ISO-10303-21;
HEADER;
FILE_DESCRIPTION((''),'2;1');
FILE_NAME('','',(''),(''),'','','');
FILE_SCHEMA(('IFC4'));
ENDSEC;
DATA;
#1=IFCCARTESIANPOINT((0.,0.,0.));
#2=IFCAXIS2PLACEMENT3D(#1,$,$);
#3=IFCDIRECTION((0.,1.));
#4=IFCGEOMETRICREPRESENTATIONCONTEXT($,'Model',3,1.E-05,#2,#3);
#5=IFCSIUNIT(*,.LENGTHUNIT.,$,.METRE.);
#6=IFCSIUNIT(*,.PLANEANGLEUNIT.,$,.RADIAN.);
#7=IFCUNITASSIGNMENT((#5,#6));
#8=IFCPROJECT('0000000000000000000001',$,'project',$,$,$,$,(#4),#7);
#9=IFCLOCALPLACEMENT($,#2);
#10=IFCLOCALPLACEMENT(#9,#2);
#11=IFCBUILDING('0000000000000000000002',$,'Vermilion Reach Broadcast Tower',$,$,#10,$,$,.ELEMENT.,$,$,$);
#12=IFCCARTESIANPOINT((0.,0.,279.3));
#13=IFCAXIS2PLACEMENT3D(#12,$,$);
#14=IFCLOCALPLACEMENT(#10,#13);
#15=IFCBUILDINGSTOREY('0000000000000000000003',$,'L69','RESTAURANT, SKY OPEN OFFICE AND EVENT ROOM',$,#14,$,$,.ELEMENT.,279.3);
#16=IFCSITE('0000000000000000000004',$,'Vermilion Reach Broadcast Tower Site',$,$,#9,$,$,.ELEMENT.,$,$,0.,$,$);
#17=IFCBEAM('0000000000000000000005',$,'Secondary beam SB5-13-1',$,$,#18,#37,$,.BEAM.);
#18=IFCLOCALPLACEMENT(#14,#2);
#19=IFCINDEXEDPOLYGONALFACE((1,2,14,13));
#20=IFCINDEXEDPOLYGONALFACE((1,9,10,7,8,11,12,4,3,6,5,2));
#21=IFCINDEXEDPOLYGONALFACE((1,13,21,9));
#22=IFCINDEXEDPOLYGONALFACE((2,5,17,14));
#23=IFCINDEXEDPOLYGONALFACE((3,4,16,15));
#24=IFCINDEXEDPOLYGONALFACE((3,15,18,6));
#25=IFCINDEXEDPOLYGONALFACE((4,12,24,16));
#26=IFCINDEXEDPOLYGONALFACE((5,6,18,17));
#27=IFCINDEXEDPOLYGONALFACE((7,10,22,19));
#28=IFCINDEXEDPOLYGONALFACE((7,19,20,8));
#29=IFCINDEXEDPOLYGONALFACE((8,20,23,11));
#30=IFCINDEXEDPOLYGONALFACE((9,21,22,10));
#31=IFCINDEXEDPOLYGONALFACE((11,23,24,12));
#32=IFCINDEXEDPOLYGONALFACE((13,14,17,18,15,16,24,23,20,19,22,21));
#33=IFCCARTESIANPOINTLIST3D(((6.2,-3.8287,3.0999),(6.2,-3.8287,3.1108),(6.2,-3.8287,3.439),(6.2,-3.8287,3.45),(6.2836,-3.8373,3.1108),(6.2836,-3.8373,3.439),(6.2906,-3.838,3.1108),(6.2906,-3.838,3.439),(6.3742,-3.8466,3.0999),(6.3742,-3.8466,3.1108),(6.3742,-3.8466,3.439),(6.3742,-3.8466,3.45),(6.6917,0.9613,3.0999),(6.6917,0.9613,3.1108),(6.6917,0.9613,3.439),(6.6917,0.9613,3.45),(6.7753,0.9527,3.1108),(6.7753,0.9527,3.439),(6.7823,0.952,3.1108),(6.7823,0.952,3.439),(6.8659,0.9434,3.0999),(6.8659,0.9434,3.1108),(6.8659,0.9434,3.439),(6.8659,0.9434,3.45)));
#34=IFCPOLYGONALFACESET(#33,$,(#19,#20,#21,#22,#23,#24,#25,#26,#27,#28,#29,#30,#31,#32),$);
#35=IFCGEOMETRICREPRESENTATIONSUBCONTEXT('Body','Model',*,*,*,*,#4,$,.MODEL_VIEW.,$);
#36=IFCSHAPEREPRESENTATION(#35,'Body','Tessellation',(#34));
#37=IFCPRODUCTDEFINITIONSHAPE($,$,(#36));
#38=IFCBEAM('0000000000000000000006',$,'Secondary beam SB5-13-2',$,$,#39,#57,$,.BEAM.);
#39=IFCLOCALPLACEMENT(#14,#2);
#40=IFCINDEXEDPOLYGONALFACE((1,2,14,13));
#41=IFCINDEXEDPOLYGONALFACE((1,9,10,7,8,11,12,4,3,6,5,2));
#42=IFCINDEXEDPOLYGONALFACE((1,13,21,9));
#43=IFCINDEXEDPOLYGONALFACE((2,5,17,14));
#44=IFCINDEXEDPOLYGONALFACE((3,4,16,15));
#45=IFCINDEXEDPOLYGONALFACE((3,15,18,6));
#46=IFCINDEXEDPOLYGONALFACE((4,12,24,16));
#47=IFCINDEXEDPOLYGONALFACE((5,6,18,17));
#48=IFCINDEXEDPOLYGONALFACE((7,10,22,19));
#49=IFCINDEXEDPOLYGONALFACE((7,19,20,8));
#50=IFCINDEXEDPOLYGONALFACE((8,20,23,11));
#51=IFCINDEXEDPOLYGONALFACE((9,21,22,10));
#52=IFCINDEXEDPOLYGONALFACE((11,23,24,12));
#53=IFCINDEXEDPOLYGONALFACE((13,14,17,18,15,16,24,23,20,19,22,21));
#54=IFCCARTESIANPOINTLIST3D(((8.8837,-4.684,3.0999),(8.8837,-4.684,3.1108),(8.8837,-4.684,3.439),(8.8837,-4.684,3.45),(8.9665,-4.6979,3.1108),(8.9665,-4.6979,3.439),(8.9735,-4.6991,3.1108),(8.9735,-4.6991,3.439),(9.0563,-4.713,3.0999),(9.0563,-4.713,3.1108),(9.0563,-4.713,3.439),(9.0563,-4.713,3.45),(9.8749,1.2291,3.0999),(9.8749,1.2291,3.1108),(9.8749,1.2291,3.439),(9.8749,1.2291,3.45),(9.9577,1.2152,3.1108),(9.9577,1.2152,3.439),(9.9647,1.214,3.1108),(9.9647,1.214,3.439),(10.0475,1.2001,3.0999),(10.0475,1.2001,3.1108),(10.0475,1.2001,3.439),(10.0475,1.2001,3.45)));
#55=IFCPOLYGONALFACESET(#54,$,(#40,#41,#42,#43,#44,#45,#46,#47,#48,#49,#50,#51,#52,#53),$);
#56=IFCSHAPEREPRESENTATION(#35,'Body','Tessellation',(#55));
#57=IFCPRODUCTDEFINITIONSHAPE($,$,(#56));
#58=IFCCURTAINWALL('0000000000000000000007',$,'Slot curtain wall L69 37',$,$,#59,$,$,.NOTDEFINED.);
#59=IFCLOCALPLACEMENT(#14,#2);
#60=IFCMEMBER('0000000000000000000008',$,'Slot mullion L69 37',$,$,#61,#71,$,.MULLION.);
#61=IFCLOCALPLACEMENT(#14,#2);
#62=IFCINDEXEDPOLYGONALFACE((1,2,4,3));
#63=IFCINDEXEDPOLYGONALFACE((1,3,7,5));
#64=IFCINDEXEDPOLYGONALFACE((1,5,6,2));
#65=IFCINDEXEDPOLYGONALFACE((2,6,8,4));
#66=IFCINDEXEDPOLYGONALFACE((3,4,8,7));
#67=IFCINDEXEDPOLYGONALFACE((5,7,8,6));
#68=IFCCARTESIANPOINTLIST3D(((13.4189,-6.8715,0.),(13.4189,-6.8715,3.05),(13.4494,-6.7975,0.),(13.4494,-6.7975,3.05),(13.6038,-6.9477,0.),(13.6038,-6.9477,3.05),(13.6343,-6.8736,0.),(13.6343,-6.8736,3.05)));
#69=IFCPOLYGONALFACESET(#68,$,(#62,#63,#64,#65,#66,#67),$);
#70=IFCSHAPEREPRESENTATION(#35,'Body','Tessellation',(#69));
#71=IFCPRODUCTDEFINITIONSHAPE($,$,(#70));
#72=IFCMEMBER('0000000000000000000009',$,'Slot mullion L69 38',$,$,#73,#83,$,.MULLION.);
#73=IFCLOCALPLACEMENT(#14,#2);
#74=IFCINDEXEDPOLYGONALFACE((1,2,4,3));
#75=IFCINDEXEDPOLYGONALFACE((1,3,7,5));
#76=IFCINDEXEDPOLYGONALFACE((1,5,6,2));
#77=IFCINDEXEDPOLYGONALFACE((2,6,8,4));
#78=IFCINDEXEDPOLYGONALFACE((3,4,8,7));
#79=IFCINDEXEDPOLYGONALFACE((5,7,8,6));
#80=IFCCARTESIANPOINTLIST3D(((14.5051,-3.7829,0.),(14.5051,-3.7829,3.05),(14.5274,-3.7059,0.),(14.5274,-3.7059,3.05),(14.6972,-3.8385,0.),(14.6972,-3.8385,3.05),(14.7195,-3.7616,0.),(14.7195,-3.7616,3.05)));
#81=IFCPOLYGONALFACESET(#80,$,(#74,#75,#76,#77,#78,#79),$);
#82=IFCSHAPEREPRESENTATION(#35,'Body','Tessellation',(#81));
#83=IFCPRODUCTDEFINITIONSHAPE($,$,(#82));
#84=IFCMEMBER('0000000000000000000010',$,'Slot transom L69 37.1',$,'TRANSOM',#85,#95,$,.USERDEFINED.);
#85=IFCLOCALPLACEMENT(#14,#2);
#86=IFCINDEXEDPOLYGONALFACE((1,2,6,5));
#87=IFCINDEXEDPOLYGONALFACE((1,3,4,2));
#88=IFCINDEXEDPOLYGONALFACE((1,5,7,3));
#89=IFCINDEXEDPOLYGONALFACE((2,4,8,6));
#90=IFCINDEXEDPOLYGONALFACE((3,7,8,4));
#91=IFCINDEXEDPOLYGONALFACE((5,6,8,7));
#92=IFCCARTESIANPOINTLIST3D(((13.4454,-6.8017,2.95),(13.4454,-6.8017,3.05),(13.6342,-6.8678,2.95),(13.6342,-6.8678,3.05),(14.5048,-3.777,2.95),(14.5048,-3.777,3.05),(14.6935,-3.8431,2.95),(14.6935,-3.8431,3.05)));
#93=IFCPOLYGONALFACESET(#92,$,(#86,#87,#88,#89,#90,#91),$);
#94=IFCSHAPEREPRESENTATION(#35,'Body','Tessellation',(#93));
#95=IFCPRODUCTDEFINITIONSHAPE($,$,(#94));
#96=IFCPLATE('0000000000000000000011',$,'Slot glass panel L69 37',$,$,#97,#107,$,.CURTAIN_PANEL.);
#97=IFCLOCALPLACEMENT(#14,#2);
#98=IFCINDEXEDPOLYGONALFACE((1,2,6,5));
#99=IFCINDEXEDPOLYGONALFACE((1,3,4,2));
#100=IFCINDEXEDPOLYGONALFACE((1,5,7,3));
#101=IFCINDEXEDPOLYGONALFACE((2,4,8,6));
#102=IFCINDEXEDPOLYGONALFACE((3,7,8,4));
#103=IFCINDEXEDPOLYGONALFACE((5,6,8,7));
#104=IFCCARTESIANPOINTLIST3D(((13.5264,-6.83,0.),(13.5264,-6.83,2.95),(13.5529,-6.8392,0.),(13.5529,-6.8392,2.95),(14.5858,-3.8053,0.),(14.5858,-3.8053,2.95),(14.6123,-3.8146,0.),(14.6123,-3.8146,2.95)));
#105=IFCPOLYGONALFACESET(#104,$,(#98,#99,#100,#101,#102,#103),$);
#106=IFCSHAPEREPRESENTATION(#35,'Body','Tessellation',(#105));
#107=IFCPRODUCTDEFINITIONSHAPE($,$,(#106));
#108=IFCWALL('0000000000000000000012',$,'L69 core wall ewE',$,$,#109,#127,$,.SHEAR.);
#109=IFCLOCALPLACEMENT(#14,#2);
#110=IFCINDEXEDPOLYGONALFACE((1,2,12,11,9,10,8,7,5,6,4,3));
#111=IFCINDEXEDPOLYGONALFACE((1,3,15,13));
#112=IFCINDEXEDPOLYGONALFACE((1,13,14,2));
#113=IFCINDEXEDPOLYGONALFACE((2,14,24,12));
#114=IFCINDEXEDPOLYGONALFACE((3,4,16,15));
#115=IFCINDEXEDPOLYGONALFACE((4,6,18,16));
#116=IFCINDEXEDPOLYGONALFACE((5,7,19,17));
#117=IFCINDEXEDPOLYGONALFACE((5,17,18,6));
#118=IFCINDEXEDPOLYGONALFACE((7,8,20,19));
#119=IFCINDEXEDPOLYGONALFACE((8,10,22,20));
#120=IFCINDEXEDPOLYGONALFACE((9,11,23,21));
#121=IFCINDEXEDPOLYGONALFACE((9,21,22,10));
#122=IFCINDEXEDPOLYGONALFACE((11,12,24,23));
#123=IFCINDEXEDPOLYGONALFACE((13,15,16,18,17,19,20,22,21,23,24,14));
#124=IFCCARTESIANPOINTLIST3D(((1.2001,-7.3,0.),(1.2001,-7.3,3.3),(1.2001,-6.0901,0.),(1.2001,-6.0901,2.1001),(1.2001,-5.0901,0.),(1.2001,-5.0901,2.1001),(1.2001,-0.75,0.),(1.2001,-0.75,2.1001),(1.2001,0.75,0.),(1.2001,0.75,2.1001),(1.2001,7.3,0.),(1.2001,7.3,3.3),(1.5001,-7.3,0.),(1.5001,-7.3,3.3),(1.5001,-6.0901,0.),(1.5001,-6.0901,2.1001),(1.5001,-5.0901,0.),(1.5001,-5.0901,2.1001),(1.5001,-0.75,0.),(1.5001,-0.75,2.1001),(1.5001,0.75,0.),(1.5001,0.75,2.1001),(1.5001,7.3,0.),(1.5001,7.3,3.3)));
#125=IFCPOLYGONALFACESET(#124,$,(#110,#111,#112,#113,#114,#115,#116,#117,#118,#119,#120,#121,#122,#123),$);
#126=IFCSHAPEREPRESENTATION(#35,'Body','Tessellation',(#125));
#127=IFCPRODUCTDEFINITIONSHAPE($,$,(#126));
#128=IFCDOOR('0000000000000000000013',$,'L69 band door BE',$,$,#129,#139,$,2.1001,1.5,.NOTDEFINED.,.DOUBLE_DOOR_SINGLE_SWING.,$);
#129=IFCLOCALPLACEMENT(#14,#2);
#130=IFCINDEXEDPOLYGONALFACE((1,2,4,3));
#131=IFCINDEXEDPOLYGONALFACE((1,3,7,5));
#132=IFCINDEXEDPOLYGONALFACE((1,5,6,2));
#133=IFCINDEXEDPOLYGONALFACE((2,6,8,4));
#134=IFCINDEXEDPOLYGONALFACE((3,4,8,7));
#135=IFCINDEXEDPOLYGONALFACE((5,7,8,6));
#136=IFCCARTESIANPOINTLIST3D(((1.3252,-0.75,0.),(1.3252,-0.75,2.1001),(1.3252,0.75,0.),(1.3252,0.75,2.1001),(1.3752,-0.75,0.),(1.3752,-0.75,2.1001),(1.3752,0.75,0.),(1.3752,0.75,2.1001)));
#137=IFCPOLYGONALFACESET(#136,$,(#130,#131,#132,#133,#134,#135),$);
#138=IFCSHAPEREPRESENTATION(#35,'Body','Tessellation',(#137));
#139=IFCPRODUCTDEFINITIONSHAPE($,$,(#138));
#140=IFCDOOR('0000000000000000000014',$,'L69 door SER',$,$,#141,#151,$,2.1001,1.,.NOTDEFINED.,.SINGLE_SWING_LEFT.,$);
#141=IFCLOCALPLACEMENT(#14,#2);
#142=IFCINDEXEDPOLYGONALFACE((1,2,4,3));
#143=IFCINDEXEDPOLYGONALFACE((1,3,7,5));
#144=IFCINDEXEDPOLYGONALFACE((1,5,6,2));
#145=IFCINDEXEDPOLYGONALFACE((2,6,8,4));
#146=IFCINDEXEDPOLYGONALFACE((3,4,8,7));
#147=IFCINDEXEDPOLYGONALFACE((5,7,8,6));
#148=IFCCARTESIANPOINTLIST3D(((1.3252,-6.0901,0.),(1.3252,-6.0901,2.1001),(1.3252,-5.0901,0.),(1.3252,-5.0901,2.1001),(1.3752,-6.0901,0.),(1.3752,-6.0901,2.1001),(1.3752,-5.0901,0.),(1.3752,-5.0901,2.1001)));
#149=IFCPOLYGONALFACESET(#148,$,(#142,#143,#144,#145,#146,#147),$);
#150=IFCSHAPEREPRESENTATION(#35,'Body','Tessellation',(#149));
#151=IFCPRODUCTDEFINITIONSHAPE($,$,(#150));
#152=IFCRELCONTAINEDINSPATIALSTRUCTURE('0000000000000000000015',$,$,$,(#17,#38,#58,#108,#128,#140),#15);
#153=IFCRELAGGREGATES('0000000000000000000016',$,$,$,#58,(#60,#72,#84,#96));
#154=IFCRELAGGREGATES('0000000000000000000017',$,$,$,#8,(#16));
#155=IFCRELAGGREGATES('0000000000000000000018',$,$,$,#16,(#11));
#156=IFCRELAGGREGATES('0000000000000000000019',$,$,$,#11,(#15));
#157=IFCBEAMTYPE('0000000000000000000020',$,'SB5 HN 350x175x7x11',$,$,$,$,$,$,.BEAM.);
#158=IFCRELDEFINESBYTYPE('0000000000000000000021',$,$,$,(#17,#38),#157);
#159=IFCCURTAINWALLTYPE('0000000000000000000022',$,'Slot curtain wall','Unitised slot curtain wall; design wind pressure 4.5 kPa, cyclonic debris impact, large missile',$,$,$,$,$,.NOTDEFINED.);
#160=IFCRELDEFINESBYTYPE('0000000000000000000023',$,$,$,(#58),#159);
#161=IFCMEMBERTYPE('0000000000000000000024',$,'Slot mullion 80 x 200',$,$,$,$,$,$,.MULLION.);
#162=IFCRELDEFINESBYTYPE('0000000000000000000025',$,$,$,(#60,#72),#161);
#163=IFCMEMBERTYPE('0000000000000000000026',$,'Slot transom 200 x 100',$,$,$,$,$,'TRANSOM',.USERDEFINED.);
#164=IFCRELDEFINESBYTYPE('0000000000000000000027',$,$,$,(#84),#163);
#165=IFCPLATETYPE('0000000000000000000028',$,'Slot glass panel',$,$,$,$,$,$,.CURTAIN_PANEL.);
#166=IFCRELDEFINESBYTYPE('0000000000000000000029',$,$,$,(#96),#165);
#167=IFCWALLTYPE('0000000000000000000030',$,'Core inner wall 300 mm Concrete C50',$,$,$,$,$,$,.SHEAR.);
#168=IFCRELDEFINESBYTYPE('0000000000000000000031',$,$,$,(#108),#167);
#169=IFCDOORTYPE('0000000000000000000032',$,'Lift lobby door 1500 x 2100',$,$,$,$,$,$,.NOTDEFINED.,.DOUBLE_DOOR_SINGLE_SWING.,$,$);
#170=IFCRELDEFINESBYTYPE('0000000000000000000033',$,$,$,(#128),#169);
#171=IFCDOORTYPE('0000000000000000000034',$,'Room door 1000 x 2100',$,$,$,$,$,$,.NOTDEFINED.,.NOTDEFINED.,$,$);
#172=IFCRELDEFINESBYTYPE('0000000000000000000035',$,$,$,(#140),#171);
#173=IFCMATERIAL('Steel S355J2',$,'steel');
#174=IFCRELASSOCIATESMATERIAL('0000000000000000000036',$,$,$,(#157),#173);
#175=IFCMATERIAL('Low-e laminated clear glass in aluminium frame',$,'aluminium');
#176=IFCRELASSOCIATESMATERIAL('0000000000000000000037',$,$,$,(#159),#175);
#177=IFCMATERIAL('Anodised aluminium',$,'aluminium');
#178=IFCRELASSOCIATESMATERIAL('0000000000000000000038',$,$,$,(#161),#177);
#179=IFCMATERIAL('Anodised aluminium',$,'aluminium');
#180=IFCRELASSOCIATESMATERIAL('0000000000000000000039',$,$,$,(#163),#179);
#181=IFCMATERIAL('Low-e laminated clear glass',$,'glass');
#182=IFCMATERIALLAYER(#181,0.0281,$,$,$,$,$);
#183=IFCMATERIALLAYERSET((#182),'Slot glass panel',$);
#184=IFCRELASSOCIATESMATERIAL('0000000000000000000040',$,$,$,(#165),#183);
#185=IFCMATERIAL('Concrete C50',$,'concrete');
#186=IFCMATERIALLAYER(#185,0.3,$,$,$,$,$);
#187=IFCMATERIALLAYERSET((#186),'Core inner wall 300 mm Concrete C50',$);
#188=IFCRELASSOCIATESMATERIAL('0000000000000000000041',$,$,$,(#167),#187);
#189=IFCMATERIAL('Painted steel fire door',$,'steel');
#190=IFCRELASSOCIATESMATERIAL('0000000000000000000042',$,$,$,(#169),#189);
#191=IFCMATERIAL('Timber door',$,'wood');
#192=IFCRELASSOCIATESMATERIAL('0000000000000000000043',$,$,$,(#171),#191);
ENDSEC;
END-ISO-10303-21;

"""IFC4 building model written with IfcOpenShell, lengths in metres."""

from ifc_helpers import new_model, si_unit, direction, frame, frame_2d, origin, origin_2d, place, context, subcontext, project, spatial, rectangle, i_section, extrude, material, layer, layer_set, material_profile, profile_set, type_object, element, fill, aggregate, save


model = new_model("IFC4")

# Units and contexts
model_context = context("Model", 3, precision=1e-05, world=origin(), true_north=direction((0.0, 1.0)))
body_context = subcontext(model_context, "Body", "Model", "MODEL_VIEW")
ifc_project = project(units=[si_unit("LENGTHUNIT", "METRE"), si_unit("PLANEANGLEUNIT", "RADIAN")], contexts=[model_context])

# Site, building, storey
site_placement = place(None, origin())
site = spatial("IfcSite", under=ifc_project, at=site_placement, Name="Vermilion Reach Broadcast Tower Site", CompositionType="ELEMENT", RefElevation=0.0)
building_placement = place(site_placement, origin())
building = spatial("IfcBuilding", under=site, at=building_placement, Name="Vermilion Reach Broadcast Tower", CompositionType="ELEMENT")
storey_placement = place(building_placement, frame((0.0, 0.0, 279.3)))
storey = spatial("IfcBuildingStorey", under=building, at=storey_placement, Name="L69", Description="RESTAURANT, SKY OPEN OFFICE AND EVENT ROOM", CompositionType="ELEMENT", Elevation=279.3)

# Beams
ifc_material_1 = material(Name="Steel S355J2", Category="steel")
ifc_material_profile_1 = material_profile(ifc_material_1, i_section(OverallWidth=0.175, OverallDepth=0.3501, WebThickness=0.0071, FlangeThickness=0.011, at=origin_2d()), Name="S355J2 HN 350x175x7x11")
ifc_profile_set_1 = profile_set([ifc_material_profile_1], Name="Steel S355J2")
beam_type_1 = type_object("IfcBeamType", Name="SB5 HN 350x175x7x11", PredefinedType="BEAM", material=ifc_profile_set_1)
beam_1_placement = place(storey_placement, frame((6.2871, -3.8376, 3.2749), z_axis=(0.102114, 0.994773, 0.0), x_axis=(-0.994773, 0.102114, 0.0)))
element("IfcBeam", 1, at=beam_1_placement, inside=storey, type_object=beam_type_1, Name="Secondary beam SB5-13-1", PredefinedType="BEAM", context=body_context, shape_type="SweptSolid", body=[
    extrude(i_section(OverallWidth=0.175, OverallDepth=0.3501, WebThickness=0.0071, FlangeThickness=0.011, at=origin_2d()), origin(), (0.0, 0.0, 1.0), 4.8152),
])
beam_2_placement = place(storey_placement, frame((8.97, -4.6985, 3.2749), z_axis=(0.165323, 0.986239, 0.0), x_axis=(-0.986239, 0.165323, 0.0)))
element("IfcBeam", 2, at=beam_2_placement, inside=storey, type_object=beam_type_1, Name="Secondary beam SB5-13-2", PredefinedType="BEAM", context=body_context, shape_type="SweptSolid", body=[
    extrude(i_section(OverallWidth=0.175, OverallDepth=0.3501, WebThickness=0.0071, FlangeThickness=0.011, at=origin_2d()), origin(), (0.0, 0.0, 1.0), 5.9956),
])

# Curtain wall, members, plate
ifc_material_2 = material(Name="Low-e laminated clear glass in aluminium frame", Category="aluminium")
curtain_wall_type = type_object("IfcCurtainWallType", Name="Slot curtain wall", Description="Unitised slot curtain wall; design wind pressure 4.5 kPa, cyclonic debris impact, large missile", PredefinedType="NOTDEFINED", material=ifc_material_2)
curtain_wall_placement = place(storey_placement, origin())
curtain_wall = element("IfcCurtainWall", 3, at=curtain_wall_placement, inside=storey, type_object=curtain_wall_type, Name="Slot curtain wall L69 37", PredefinedType="NOTDEFINED")
ifc_material_3 = material(Name="Anodised aluminium", Category="aluminium")
ifc_material_profile_2 = material_profile(ifc_material_3, rectangle(XDim=0.2, YDim=0.0801, at=origin_2d()), Name="Slot mullion 80 x 200")
ifc_profile_set_2 = profile_set([ifc_material_profile_2], Name="Anodised aluminium")
member_type_1 = type_object("IfcMemberType", Name="Slot mullion 80 x 200", PredefinedType="MULLION", material=ifc_profile_set_2)
member_1_placement = place(storey_placement, frame((13.5266, -6.8726, 0.0), z_axis=(0.0, 0.0, 1.0), x_axis=(-0.924585, 0.380975, 0.0)))
member_1 = element("IfcMember", 4, at=member_1_placement, type_object=member_type_1, Name="Slot mullion L69 37", PredefinedType="MULLION", context=body_context, shape_type="SweptSolid", body=[
    extrude(rectangle(XDim=0.2, YDim=0.0801, at=origin_2d()), origin(), (0.0, 0.0, 1.0), 3.05),
])
member_2_placement = place(storey_placement, frame((14.6123, -3.7722, 0.0), z_axis=(0.0, 0.0, 1.0), x_axis=(-0.960493, 0.278304, 0.0)))
member_2 = element("IfcMember", 5, at=member_2_placement, type_object=member_type_1, Name="Slot mullion L69 38", PredefinedType="MULLION", context=body_context, shape_type="SweptSolid", body=[
    extrude(rectangle(XDim=0.2, YDim=0.0801, at=origin_2d()), origin(), (0.0, 0.0, 1.0), 3.05),
])
ifc_material_4 = material(Name="Anodised aluminium", Category="aluminium")
ifc_material_profile_3 = material_profile(ifc_material_4, rectangle(XDim=0.2, YDim=0.1001, at=origin_2d()), Name="Slot transom 200 x 100")
ifc_profile_set_3 = profile_set([ifc_material_profile_3], Name="Anodised aluminium")
member_type_2 = type_object("IfcMemberType", Name="Slot transom 200 x 100", ElementType="TRANSOM", PredefinedType="USERDEFINED", material=ifc_profile_set_3)
member_3_placement = place(storey_placement, frame((13.5398, -6.8347, 3.0), z_axis=(0.330544, 0.943791, 0.0), x_axis=(-0.943791, 0.330544, 0.0)))
member_3 = element("IfcMember", 6, at=member_3_placement, type_object=member_type_2, Name="Slot transom L69 37.1", ObjectType="TRANSOM", PredefinedType="USERDEFINED", context=body_context, shape_type="SweptSolid", body=[
    extrude(rectangle(XDim=0.2, YDim=0.1001, at=origin_2d()), origin(), (0.0, 0.0, 1.0), 3.2048),
])
ifc_material_5 = material(Name="Low-e laminated clear glass", Category="glass")
ifc_layer_1 = layer(ifc_material_5, 0.0281)
ifc_layer_set_1 = layer_set([ifc_layer_1], Name="Slot glass panel")
plate_type = type_object("IfcPlateType", Name="Slot glass panel", PredefinedType="CURTAIN_PANEL", material=ifc_layer_set_1)
plate_placement = place(storey_placement, frame((14.0693, -5.3223, 0.0), z_axis=(0.0, 0.0, 1.0), x_axis=(0.330555, 0.943787, 0.0)))
plate = element("IfcPlate", 7, at=plate_placement, type_object=plate_type, Name="Slot glass panel L69 37", PredefinedType="CURTAIN_PANEL", context=body_context, shape_type="SweptSolid", body=[
    extrude(rectangle(XDim=3.2048, YDim=0.0281, at=origin_2d()), origin(), (0.0, 0.0, 1.0), 2.95),
])
aggregate(curtain_wall, [member_1, member_2, member_3, plate])

# Wall, openings, doors
ifc_material_6 = material(Name="Concrete C50", Category="concrete")
ifc_layer_2 = layer(ifc_material_6, 0.3)
ifc_layer_set_2 = layer_set([ifc_layer_2], Name="Core inner wall 300 mm Concrete C50")
wall_type_1 = type_object("IfcWallType", Name="Core inner wall 300 mm Concrete C50", PredefinedType="SHEAR", material=ifc_layer_set_2)
wall_1_placement = place(storey_placement, frame((1.3501, -7.3, 0.0), z_axis=(0.0, 0.0, 1.0), x_axis=(0.0, 1.0, 0.0)))
wall_1 = element("IfcWall", 8, at=wall_1_placement, inside=storey, type_object=wall_type_1, Name="L69 core wall ewE", PredefinedType="SHEAR", context=body_context, shape_type="SweptSolid", body=[
    extrude(rectangle(XDim=14.6001, YDim=0.3, at=frame_2d((7.3, 0.0))), origin(), (0.0, 0.0, 1.0), 3.3),
])
opening_1_placement = place(wall_1_placement, frame((1.21, 0.0, 0.0)))
opening_1 = element("IfcOpeningElement", 9, at=opening_1_placement, cuts=wall_1, PredefinedType="OPENING", context=body_context, shape_type="SweptSolid", body=[
    extrude(rectangle(XDim=1.0, YDim=2.1001, at=frame_2d((0.5, 1.05))), frame((0.0, 0.1599, 0.0), z_axis=(0.0, -1.0, 0.0), x_axis=(1.0, 0.0, 0.0)), (0.0, 0.0, 1.0), 0.3201),
])
opening_2_placement = place(wall_1_placement, frame((6.55, 0.0, 0.0)))
opening_2 = element("IfcOpeningElement", 10, at=opening_2_placement, cuts=wall_1, PredefinedType="OPENING", context=body_context, shape_type="SweptSolid", body=[
    extrude(rectangle(XDim=1.5, YDim=2.1001, at=frame_2d((0.75, 1.05))), frame((0.0, 0.1599, 0.0), z_axis=(0.0, -1.0, 0.0), x_axis=(1.0, 0.0, 0.0)), (0.0, 0.0, 1.0), 0.3201),
])
ifc_material_7 = material(Name="Painted steel fire door", Category="steel")
door_type_1 = type_object("IfcDoorType", Name="Lift lobby door 1500 x 2100", OperationType="DOUBLE_DOOR_SINGLE_SWING", PredefinedType="NOTDEFINED", material=ifc_material_7)
door_1_placement = place(opening_2_placement, origin())
door_1 = element("IfcDoor", 11, at=door_1_placement, inside=storey, type_object=door_type_1, Name="L69 band door BE", OperationType="DOUBLE_DOOR_SINGLE_SWING", OverallHeight=2.1001, OverallWidth=1.5, PredefinedType="NOTDEFINED", context=body_context, shape_type="SweptSolid", body=[
    extrude(rectangle(XDim=1.5, YDim=2.1001, at=frame_2d((0.75, 1.05))), frame((0.0, 0.0249, 0.0), z_axis=(0.0, -1.0, 0.0), x_axis=(1.0, 0.0, 0.0)), (0.0, 0.0, 1.0), 0.05),
])
fill(opening_2, door_1)
ifc_material_8 = material(Name="Timber door", Category="wood")
door_type_2 = type_object("IfcDoorType", Name="Room door 1000 x 2100", OperationType="NOTDEFINED", PredefinedType="NOTDEFINED", material=ifc_material_8)
door_2_placement = place(opening_1_placement, origin())
door_2 = element("IfcDoor", 12, at=door_2_placement, inside=storey, type_object=door_type_2, Name="L69 door SER", OperationType="SINGLE_SWING_LEFT", OverallHeight=2.1001, OverallWidth=1.0, PredefinedType="NOTDEFINED", context=body_context, shape_type="SweptSolid", body=[
    extrude(rectangle(XDim=1.0, YDim=2.1001, at=frame_2d((0.5, 1.05))), frame((0.0, 0.0249, 0.0), z_axis=(0.0, -1.0, 0.0), x_axis=(1.0, 0.0, 0.0)), (0.0, 0.0, 1.0), 0.05),
])
fill(opening_1, door_2)

save(model, "model.ifc")
